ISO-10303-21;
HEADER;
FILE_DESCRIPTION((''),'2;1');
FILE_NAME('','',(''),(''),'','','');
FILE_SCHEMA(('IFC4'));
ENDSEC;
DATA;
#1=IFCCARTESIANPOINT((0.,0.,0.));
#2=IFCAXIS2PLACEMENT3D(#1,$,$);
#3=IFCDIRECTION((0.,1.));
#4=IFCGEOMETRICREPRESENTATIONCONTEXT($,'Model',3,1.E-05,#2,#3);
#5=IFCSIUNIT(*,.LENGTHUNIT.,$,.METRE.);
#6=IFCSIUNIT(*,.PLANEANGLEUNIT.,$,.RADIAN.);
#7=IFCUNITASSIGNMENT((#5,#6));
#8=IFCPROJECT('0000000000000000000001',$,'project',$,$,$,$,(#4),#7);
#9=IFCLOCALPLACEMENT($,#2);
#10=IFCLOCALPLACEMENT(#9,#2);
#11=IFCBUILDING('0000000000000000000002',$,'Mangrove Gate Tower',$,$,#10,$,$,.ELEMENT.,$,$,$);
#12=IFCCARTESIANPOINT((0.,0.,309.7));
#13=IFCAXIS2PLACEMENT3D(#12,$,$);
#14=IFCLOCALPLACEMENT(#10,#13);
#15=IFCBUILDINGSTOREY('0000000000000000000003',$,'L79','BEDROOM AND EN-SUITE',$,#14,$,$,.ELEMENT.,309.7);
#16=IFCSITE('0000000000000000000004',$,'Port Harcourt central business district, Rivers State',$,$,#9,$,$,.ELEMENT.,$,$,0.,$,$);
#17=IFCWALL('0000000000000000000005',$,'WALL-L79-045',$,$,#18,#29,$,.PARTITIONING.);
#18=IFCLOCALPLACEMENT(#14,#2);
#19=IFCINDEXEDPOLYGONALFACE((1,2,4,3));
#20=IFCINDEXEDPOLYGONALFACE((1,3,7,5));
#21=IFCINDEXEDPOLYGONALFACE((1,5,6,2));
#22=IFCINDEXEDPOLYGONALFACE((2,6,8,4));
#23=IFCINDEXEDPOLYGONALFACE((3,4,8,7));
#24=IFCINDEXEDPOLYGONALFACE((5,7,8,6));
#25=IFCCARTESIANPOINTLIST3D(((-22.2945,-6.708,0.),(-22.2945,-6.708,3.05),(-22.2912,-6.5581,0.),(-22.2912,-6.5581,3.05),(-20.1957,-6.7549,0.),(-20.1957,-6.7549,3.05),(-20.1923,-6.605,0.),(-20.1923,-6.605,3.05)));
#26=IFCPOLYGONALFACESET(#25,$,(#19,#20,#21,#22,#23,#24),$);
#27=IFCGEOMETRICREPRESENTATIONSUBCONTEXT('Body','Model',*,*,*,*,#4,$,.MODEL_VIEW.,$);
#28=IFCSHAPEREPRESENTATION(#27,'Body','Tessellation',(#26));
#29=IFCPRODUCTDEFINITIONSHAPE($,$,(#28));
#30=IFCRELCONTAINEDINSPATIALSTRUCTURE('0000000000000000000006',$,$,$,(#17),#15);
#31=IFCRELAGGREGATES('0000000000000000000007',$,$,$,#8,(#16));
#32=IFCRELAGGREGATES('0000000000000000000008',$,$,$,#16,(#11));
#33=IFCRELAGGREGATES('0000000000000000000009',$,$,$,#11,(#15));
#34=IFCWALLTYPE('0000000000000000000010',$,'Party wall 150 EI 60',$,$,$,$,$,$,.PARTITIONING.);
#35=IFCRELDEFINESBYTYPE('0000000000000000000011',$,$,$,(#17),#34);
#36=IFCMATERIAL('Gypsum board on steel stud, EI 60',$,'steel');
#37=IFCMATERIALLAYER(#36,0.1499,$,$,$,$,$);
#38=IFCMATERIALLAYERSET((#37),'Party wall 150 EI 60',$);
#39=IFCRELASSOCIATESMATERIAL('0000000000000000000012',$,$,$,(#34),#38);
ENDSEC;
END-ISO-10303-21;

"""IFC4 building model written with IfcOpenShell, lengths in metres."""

from ifc_helpers import new_model, si_unit, direction, frame, frame_2d, origin, place, context, subcontext, project, spatial, rectangle, extrude, material, layer, layer_set, type_object, element, save


model = new_model("IFC4")

# Units and contexts
model_context = context("Model", 3, precision=1e-05, world=origin(), true_north=direction((0.0, 1.0)))
body_context = subcontext(model_context, "Body", "Model", "MODEL_VIEW")
ifc_project = project(units=[si_unit("LENGTHUNIT", "METRE"), si_unit("PLANEANGLEUNIT", "RADIAN")], contexts=[model_context])

# Site, building, storey
site_placement = place(None, origin())
site = spatial("IfcSite", under=ifc_project, at=site_placement, Name="Port Harcourt central business district, Rivers State", CompositionType="ELEMENT", RefElevation=0.0)
building_placement = place(site_placement, origin())
building = spatial("IfcBuilding", under=site, at=building_placement, Name="Mangrove Gate Tower", CompositionType="ELEMENT")
storey_placement = place(building_placement, frame((0.0, 0.0, 309.7)))
storey = spatial("IfcBuildingStorey", under=building, at=storey_placement, Name="L79", Description="BEDROOM AND EN-SUITE", CompositionType="ELEMENT", Elevation=309.7)

# Wall
ifc_material_1 = material(Name="Gypsum board on steel stud, EI 60", Category="steel")
ifc_layer_1 = layer(ifc_material_1, 0.1499)
ifc_layer_set_1 = layer_set([ifc_layer_1], Name="Party wall 150 EI 60")
wall_type_1 = type_object("IfcWallType", Name="Party wall 150 EI 60", PredefinedType="PARTITIONING", material=ifc_layer_set_1)
wall_1_placement = place(storey_placement, frame((-22.293, -6.6331, 0.0), z_axis=(0.0, 0.0, 1.0), x_axis=(0.999751, -0.022328, 0.0)))
element("IfcWall", 1, at=wall_1_placement, inside=storey, type_object=wall_type_1, Name="WALL-L79-045", PredefinedType="PARTITIONING", context=body_context, shape_type="SweptSolid", body=[
    extrude(rectangle(XDim=2.0994, YDim=0.1499, at=frame_2d((1.0498, 0.0))), origin(), (0.0, 0.0, 1.0), 3.05),
])

save(model, "model.ifc")
